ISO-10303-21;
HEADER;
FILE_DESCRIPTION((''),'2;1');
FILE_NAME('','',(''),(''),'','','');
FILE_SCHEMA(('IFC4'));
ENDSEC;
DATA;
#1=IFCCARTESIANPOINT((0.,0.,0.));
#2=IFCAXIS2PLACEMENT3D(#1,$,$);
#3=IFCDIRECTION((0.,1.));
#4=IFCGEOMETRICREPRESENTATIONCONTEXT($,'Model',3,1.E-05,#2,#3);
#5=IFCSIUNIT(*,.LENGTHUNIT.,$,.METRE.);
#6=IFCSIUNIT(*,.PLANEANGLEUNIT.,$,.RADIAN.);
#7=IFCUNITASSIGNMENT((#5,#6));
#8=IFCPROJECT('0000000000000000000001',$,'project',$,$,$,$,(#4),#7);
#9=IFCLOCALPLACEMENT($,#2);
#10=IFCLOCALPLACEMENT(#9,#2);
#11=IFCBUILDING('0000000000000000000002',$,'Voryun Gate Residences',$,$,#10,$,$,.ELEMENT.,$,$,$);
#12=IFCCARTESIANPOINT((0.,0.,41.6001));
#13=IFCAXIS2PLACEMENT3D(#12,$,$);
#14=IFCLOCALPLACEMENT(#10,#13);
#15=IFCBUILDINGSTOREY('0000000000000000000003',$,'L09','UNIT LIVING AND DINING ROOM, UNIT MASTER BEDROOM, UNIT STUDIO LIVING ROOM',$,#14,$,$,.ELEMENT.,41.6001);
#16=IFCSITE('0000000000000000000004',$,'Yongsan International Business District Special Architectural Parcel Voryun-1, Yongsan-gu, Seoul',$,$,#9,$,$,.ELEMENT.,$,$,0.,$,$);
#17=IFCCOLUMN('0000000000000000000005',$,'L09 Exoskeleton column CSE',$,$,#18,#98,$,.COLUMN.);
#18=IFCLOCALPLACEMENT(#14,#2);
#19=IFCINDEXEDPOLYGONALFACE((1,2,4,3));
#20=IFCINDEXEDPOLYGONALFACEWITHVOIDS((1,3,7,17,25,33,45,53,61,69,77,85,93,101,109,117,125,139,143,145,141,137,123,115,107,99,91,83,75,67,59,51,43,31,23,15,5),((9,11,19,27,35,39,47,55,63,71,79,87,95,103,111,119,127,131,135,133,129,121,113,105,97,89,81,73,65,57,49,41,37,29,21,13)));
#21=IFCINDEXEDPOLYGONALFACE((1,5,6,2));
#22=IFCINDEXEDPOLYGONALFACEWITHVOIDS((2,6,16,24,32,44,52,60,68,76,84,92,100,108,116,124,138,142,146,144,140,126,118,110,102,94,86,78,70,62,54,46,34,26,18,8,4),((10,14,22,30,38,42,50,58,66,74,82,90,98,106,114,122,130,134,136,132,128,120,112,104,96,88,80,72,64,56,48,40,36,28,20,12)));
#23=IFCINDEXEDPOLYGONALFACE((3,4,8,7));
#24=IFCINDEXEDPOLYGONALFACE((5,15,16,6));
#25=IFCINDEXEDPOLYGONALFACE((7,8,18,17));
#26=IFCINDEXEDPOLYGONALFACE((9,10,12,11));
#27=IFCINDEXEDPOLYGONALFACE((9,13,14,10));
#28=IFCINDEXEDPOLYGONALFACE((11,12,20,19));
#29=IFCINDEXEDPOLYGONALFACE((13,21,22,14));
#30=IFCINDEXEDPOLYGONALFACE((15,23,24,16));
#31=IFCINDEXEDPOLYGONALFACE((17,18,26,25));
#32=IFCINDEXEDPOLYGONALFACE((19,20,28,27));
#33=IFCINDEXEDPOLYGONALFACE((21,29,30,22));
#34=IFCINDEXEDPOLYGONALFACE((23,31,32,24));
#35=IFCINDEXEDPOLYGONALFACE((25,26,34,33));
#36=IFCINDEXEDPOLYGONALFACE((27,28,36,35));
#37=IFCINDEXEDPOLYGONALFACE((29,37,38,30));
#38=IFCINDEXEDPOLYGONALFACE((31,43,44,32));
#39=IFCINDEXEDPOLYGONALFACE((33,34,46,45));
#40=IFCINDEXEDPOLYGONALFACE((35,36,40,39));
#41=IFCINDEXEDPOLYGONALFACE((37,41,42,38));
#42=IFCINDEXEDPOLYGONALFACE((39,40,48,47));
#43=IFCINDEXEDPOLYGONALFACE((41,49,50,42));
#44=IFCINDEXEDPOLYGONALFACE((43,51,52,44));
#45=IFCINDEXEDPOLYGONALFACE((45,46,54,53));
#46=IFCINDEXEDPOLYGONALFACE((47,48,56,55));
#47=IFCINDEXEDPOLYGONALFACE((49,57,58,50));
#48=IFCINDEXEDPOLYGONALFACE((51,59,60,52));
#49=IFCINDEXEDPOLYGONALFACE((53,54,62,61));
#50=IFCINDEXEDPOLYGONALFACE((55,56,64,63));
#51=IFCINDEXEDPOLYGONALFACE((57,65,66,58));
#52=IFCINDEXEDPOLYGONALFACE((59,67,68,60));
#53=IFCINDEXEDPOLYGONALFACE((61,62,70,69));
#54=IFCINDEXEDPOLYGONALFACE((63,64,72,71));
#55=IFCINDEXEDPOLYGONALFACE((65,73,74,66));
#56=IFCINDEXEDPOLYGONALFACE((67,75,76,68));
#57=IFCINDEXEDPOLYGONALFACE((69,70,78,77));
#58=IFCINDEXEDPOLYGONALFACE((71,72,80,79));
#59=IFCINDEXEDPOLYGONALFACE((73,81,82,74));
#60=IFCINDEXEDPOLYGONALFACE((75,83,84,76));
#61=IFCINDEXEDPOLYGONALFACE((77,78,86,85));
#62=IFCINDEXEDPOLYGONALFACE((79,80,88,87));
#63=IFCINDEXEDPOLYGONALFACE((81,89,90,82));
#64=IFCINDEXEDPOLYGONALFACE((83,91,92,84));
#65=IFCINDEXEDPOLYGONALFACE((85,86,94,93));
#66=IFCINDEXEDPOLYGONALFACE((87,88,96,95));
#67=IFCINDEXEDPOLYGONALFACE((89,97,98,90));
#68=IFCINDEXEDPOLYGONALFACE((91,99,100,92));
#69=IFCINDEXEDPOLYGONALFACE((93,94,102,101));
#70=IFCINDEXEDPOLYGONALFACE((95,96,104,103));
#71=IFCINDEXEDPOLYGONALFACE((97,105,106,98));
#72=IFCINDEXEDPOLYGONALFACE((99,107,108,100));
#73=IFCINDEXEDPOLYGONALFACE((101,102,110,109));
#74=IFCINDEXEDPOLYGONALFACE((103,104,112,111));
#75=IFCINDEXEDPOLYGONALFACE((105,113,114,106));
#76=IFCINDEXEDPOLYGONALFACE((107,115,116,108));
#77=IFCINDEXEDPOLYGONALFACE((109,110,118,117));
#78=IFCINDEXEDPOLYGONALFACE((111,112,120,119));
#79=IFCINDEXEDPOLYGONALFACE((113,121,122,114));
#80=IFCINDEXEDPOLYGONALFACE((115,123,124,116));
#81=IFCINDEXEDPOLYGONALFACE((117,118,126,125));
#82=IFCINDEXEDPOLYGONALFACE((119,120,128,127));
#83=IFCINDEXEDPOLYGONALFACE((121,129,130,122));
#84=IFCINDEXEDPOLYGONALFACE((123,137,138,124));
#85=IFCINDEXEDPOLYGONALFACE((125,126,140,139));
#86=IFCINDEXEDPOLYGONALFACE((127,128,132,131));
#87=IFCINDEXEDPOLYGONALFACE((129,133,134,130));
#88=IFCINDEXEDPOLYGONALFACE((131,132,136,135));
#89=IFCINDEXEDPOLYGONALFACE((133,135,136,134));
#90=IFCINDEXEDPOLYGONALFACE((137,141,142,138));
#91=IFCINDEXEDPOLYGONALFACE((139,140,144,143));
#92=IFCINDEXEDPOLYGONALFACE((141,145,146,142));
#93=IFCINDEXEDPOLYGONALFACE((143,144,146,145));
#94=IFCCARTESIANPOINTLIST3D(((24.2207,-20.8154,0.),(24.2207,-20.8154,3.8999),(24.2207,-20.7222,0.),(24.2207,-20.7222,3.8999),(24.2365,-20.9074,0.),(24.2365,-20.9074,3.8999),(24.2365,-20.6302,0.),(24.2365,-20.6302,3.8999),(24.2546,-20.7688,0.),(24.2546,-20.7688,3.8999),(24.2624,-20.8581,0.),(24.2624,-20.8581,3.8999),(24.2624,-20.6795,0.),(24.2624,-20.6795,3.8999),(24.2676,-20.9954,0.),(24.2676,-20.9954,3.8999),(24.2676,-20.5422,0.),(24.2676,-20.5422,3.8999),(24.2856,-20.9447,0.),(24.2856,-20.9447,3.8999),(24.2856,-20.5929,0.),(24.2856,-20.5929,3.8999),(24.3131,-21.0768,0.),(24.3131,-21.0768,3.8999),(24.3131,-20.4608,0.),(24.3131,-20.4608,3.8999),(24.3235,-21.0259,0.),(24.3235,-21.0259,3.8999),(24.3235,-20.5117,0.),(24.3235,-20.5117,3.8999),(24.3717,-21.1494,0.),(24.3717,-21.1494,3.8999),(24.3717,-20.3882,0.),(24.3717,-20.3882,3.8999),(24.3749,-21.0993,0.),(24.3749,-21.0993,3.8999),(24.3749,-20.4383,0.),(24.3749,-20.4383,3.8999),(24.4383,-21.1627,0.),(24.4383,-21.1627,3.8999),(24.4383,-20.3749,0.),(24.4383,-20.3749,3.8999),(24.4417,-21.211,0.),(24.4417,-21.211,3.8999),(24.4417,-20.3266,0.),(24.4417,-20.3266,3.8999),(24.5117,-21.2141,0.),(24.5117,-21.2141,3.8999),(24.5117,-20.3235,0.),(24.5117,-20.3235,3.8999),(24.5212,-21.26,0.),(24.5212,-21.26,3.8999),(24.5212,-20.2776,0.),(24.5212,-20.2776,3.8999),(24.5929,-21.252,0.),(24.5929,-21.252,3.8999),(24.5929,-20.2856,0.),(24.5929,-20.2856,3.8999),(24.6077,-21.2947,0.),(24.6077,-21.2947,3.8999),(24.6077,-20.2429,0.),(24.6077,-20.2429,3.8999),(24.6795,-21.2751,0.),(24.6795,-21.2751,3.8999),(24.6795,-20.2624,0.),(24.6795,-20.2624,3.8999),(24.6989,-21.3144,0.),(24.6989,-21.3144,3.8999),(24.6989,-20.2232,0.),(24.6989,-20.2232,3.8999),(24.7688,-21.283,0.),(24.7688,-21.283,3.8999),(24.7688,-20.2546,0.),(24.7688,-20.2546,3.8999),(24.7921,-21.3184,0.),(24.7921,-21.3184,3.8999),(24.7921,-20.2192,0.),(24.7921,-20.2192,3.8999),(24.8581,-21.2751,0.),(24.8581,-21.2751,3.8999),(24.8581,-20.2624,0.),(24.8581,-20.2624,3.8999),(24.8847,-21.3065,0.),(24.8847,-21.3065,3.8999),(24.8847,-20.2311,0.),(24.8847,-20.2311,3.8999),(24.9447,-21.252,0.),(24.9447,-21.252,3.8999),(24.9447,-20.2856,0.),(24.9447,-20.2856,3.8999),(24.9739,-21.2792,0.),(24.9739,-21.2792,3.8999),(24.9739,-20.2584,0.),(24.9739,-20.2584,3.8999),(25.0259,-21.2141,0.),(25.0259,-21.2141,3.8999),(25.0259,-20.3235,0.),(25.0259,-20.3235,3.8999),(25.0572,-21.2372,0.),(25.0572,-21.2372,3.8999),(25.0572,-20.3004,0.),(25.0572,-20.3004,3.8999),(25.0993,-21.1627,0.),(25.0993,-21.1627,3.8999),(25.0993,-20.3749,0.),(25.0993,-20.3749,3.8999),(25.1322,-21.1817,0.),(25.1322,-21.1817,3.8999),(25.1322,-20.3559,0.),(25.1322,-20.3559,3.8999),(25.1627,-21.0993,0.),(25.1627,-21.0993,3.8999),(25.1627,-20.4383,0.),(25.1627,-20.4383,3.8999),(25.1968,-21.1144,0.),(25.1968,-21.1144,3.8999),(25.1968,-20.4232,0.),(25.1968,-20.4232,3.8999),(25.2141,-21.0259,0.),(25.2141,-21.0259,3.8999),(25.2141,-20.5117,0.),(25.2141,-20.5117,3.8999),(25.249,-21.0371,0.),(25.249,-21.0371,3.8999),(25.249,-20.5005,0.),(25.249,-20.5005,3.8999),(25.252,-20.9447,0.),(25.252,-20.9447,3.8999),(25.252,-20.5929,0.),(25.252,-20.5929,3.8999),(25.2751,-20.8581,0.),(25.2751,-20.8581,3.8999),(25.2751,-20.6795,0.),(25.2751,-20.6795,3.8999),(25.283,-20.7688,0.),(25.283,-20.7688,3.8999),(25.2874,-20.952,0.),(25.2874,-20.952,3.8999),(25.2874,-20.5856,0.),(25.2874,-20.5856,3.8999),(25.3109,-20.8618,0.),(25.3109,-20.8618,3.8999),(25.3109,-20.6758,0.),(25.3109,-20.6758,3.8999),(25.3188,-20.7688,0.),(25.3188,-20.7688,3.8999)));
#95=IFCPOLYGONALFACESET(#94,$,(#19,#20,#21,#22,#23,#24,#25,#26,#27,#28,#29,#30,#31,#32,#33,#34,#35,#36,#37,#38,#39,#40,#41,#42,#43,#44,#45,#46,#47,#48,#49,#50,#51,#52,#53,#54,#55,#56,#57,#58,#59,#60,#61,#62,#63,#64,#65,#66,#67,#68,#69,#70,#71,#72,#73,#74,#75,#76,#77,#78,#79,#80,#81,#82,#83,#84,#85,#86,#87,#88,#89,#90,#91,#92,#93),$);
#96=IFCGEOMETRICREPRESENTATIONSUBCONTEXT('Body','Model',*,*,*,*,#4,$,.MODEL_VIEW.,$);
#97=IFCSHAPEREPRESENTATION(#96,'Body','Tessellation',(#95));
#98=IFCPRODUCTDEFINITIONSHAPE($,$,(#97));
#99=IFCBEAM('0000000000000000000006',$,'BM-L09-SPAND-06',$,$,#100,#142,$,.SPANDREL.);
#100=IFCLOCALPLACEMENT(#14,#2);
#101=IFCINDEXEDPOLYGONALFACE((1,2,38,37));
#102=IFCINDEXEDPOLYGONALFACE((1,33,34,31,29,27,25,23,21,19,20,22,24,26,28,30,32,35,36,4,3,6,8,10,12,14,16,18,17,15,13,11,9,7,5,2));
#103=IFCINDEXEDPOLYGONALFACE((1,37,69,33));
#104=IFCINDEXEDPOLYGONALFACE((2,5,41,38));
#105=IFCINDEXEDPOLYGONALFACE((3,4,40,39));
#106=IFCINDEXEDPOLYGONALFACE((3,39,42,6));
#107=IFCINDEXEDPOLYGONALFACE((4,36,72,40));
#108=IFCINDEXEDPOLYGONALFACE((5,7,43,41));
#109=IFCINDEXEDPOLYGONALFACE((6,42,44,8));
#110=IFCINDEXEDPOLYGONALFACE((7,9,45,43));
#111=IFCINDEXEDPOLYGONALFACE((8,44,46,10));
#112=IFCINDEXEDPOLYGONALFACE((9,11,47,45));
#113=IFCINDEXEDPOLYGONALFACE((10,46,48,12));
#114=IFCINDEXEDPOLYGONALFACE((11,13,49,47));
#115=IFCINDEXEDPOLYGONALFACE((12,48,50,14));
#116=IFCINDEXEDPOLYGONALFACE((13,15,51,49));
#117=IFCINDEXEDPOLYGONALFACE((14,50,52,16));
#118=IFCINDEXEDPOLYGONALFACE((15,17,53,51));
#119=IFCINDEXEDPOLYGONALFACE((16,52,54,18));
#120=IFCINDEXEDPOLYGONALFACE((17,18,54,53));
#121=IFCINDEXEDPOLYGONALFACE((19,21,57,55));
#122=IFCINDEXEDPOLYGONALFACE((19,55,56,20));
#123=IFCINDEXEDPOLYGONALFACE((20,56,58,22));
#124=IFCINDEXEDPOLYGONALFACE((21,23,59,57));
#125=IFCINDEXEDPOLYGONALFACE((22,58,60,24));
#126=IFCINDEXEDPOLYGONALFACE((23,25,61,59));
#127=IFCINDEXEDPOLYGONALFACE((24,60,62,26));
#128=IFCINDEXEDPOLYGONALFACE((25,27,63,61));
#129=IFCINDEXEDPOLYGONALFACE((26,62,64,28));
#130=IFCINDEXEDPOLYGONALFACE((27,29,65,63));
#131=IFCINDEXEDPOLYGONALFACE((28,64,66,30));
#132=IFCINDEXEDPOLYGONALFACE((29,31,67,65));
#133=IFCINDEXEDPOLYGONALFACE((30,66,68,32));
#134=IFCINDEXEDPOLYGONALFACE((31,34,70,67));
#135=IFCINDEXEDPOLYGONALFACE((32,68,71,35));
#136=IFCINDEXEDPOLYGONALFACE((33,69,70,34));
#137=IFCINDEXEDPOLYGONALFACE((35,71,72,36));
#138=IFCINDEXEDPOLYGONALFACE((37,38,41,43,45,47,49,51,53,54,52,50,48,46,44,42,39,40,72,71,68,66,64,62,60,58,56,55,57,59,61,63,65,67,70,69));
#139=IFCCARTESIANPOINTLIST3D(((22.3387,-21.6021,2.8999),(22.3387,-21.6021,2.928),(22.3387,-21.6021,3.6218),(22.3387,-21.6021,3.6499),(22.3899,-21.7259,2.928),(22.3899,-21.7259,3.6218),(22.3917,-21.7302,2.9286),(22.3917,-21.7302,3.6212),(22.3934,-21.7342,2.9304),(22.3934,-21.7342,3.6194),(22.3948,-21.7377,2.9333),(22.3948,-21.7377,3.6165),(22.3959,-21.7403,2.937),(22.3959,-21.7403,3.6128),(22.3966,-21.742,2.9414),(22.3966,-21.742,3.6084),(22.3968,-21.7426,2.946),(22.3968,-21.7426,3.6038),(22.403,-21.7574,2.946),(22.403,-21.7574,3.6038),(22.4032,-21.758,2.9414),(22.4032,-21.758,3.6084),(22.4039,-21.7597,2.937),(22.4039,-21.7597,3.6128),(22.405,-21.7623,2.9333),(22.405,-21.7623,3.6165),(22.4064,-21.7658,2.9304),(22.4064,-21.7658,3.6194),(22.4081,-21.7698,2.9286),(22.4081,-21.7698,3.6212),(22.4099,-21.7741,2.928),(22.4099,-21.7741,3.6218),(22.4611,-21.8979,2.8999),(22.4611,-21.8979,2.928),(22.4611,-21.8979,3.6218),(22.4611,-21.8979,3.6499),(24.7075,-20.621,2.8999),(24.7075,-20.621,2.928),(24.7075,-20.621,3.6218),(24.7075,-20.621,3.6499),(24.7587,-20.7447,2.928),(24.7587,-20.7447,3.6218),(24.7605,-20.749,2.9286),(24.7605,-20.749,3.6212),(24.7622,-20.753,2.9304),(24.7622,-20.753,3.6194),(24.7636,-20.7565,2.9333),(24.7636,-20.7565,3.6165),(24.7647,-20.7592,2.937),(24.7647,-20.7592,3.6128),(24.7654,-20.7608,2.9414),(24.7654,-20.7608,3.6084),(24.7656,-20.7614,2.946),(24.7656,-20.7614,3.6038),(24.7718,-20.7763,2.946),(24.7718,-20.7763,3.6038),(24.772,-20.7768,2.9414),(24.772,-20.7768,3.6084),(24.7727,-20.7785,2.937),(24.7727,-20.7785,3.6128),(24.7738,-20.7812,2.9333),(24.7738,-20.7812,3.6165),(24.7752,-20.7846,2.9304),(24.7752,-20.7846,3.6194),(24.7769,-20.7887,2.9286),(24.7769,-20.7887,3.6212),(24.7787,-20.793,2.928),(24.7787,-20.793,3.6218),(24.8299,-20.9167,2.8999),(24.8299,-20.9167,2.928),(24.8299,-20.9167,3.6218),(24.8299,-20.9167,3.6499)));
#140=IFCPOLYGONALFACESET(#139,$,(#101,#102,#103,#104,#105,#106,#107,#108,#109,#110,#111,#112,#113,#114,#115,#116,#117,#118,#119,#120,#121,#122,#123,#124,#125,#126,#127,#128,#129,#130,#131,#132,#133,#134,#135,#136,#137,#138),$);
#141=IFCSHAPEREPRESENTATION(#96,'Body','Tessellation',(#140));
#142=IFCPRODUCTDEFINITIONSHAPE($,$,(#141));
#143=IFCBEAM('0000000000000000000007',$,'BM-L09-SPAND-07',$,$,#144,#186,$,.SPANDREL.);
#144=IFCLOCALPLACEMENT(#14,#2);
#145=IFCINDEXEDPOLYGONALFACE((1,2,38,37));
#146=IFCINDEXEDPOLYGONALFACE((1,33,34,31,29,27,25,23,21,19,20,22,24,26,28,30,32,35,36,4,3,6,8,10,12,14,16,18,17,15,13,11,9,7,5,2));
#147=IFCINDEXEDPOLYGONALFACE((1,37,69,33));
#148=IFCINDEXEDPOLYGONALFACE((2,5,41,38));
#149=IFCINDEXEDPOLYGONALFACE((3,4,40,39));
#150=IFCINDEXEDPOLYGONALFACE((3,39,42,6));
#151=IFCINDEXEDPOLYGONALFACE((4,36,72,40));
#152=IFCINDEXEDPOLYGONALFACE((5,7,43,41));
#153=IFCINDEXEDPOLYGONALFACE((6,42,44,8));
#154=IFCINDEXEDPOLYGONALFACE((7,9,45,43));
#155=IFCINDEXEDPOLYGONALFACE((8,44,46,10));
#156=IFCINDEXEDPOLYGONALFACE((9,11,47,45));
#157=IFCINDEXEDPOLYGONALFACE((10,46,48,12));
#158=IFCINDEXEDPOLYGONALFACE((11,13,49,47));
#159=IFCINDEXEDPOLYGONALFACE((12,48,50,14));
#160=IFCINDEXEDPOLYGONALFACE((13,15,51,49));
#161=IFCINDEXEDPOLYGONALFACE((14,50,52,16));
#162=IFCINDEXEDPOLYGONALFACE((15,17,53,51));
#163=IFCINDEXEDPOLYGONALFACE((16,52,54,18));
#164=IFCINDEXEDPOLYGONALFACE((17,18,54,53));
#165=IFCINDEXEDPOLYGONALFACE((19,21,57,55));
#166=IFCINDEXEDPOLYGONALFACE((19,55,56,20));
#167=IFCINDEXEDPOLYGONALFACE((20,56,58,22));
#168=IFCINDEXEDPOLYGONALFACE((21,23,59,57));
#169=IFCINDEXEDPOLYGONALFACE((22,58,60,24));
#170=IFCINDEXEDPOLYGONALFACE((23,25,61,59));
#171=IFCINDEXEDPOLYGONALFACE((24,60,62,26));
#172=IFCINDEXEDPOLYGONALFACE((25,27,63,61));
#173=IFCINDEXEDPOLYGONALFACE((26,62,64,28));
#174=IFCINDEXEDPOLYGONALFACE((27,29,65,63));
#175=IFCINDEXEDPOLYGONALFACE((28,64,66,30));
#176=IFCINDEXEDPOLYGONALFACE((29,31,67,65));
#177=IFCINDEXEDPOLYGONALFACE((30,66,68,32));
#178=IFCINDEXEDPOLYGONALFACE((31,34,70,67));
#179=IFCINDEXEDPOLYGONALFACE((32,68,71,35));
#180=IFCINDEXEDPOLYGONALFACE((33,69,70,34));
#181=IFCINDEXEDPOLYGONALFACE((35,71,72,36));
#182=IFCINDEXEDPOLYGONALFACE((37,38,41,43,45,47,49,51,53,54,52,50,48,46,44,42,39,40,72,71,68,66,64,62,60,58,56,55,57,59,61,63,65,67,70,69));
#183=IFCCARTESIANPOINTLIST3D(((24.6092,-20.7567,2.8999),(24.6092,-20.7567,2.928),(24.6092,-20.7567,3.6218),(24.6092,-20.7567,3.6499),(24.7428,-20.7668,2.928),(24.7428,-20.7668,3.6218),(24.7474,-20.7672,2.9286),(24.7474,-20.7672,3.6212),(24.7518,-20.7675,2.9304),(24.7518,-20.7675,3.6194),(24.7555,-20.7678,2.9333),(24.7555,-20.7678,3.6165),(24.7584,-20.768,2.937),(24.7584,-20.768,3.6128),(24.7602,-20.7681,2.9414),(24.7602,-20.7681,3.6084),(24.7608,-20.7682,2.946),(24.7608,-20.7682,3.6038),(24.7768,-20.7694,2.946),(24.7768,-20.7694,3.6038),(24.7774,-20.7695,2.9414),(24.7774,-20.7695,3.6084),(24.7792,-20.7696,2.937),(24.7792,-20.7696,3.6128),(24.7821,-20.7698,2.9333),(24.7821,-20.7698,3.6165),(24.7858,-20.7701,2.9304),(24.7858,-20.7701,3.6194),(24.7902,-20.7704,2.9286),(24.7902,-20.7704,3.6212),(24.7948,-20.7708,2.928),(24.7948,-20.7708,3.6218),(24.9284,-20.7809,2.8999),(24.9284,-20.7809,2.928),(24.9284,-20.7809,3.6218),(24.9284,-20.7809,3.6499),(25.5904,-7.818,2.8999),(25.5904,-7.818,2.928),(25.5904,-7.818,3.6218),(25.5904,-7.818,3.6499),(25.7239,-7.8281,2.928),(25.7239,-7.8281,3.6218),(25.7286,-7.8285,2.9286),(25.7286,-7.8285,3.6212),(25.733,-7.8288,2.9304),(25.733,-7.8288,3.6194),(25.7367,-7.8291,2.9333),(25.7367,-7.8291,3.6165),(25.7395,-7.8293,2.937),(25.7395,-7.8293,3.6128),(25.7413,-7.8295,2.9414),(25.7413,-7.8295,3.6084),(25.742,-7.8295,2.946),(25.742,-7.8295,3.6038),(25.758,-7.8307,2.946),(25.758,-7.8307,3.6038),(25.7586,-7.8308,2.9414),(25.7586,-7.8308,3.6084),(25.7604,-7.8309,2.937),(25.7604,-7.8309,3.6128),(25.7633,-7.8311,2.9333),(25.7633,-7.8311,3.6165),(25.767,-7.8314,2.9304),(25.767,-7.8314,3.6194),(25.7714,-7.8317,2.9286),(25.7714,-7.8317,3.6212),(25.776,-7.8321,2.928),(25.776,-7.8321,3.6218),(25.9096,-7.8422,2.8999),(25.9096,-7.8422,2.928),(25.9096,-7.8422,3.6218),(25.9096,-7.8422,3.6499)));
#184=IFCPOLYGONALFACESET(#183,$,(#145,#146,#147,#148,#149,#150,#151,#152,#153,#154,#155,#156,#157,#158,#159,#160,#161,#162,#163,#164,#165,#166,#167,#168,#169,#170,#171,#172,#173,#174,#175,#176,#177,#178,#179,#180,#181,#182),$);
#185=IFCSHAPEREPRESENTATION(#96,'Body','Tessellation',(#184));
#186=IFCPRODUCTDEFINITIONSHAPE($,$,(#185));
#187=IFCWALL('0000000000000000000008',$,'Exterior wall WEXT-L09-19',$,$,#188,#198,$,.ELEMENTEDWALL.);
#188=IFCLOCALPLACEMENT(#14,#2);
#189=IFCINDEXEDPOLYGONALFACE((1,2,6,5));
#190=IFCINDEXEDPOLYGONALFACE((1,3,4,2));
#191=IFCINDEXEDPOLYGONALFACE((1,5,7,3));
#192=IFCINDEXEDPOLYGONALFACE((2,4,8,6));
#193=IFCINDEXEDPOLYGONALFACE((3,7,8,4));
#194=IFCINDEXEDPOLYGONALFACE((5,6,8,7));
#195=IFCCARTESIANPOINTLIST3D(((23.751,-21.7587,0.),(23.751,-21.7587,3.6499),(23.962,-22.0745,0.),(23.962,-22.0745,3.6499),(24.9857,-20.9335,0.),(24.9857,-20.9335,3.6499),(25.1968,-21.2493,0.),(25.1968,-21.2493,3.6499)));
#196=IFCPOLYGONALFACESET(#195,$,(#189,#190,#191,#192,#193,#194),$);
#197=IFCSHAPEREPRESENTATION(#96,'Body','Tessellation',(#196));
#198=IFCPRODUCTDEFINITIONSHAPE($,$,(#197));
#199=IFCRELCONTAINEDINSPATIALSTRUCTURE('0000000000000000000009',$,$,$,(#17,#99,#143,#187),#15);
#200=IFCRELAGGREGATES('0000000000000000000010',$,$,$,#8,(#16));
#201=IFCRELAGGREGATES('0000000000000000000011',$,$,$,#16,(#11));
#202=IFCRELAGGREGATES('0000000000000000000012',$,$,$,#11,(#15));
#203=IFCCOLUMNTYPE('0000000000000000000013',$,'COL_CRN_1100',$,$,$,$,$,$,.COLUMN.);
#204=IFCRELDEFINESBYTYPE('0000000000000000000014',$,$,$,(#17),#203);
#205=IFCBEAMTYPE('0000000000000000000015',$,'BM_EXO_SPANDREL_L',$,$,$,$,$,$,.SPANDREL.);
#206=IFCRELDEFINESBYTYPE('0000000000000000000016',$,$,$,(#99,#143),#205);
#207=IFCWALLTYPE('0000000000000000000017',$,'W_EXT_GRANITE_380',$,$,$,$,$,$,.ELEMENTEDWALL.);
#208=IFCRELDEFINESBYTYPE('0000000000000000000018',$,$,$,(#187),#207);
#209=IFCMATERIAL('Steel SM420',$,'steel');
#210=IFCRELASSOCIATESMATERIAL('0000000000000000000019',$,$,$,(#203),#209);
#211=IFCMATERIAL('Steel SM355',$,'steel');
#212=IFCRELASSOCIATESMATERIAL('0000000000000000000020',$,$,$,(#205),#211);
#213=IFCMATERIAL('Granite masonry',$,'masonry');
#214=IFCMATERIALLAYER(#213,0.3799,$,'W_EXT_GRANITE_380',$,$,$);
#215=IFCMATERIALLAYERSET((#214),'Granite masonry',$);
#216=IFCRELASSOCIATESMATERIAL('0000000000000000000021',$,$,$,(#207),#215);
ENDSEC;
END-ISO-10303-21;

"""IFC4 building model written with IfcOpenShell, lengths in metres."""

from ifc_helpers import new_model, si_unit, direction, frame, frame_2d, origin, origin_2d, place, context, subcontext, project, spatial, rectangle, hollow_circle, i_section, extrude, material, layer, layer_set, material_profile, profile_set, type_object, element, save


model = new_model("IFC4")

# Units and contexts
model_context = context("Model", 3, precision=1e-05, world=origin(), true_north=direction((0.0, 1.0)))
body_context = subcontext(model_context, "Body", "Model", "MODEL_VIEW")
ifc_project = project(units=[si_unit("LENGTHUNIT", "METRE"), si_unit("PLANEANGLEUNIT", "RADIAN")], contexts=[model_context])

# Site, building, storey
site_placement = place(None, origin())
site = spatial("IfcSite", under=ifc_project, at=site_placement, Name="Yongsan International Business District Special Architectural Parcel Voryun-1, Yongsan-gu, Seoul", CompositionType="ELEMENT", RefElevation=0.0)
building_placement = place(site_placement, origin())
building = spatial("IfcBuilding", under=site, at=building_placement, Name="Voryun Gate Residences", CompositionType="ELEMENT")
storey_placement = place(building_placement, frame((0.0, 0.0, 41.6001)))
storey = spatial("IfcBuildingStorey", under=building, at=storey_placement, Name="L09", Description="UNIT LIVING AND DINING ROOM, UNIT MASTER BEDROOM, UNIT STUDIO LIVING ROOM", CompositionType="ELEMENT", Elevation=41.6001)

# Column
ifc_material_1 = material(Name="Steel SM420", Category="steel")
ifc_material_profile_1 = material_profile(ifc_material_1, hollow_circle(Radius=0.55, WallThickness=0.0359, at=origin_2d()), Name="CHS-1100x36")
ifc_profile_set_1 = profile_set([ifc_material_profile_1], Name="Steel SM420")
column_type = type_object("IfcColumnType", Name="COL_CRN_1100", PredefinedType="COLUMN", material=ifc_profile_set_1)
column_placement = place(storey_placement, frame((24.7688, -20.7688, 0.0), z_axis=(0.0, 0.0, 1.0), x_axis=(1.0, 0.0, 0.0)))
element("IfcColumn", 1, at=column_placement, inside=storey, type_object=column_type, Name="L09 Exoskeleton column CSE", PredefinedType="COLUMN", context=body_context, shape_type="SweptSolid", body=[
    extrude(hollow_circle(Radius=0.55, WallThickness=0.0359, at=origin_2d()), origin(), (0.0, 0.0, 1.0), 3.8999),
])

# Beams
ifc_material_2 = material(Name="Steel SM355", Category="steel")
ifc_material_profile_2 = material_profile(ifc_material_2, i_section(OverallWidth=0.3201, OverallDepth=0.75, WebThickness=0.0161, FlangeThickness=0.0281, FilletRadius=0.0181, at=origin_2d()), Name="H-750x320x16x28")
ifc_profile_set_2 = profile_set([ifc_material_profile_2], Name="Steel SM355")
beam_type = type_object("IfcBeamType", Name="BM_EXO_SPANDREL_L", PredefinedType="SPANDREL", material=ifc_profile_set_2)
beam_1_placement = place(storey_placement, frame((22.3999, -21.75, 3.2749), z_axis=(0.923883, 0.382674, 0.0), x_axis=(-0.382674, 0.923883, 0.0)))
element("IfcBeam", 2, at=beam_1_placement, inside=storey, type_object=beam_type, Name="BM-L09-SPAND-06", PredefinedType="SPANDREL", context=body_context, shape_type="SweptSolid", body=[
    extrude(i_section(OverallWidth=0.3201, OverallDepth=0.75, WebThickness=0.0161, FlangeThickness=0.0281, FilletRadius=0.0181, at=origin_2d()), origin(), (0.0, 0.0, 1.0), 2.564),
])
beam_2_placement = place(storey_placement, frame((24.7688, -20.7688, 3.2749), z_axis=(0.075617, 0.997137, 0.0), x_axis=(-0.997137, 0.075617, 0.0)))
element("IfcBeam", 3, at=beam_2_placement, inside=storey, type_object=beam_type, Name="BM-L09-SPAND-07", PredefinedType="SPANDREL", context=body_context, shape_type="SweptSolid", body=[
    extrude(i_section(OverallWidth=0.3201, OverallDepth=0.75, WebThickness=0.0161, FlangeThickness=0.0281, FilletRadius=0.0181, at=origin_2d()), origin(), (0.0, 0.0, 1.0), 12.9758),
])

# Wall
ifc_material_3 = material(Name="Granite masonry", Category="masonry")
ifc_layer = layer(ifc_material_3, 0.3799, Name="W_EXT_GRANITE_380")
ifc_layer_set = layer_set([ifc_layer], Name="Granite masonry")
wall_type = type_object("IfcWallType", Name="W_EXT_GRANITE_380", PredefinedType="ELEMENTEDWALL", material=ifc_layer_set)
wall_1_placement = place(storey_placement, frame((25.0913, -21.0913, 0.0), z_axis=(0.0, 0.0, 1.0), x_axis=(-0.831392, -0.555686, 0.0)))
element("IfcWall", 4, at=wall_1_placement, inside=storey, type_object=wall_type, Name="Exterior wall WEXT-L09-19", PredefinedType="ELEMENTEDWALL", context=body_context, shape_type="SweptSolid", body=[
    extrude(rectangle(XDim=1.4851, YDim=0.3799, at=frame_2d((0.7427, 0.0))), origin(), (0.0, 0.0, 1.0), 3.6499),
])

save(model, "model.ifc")
